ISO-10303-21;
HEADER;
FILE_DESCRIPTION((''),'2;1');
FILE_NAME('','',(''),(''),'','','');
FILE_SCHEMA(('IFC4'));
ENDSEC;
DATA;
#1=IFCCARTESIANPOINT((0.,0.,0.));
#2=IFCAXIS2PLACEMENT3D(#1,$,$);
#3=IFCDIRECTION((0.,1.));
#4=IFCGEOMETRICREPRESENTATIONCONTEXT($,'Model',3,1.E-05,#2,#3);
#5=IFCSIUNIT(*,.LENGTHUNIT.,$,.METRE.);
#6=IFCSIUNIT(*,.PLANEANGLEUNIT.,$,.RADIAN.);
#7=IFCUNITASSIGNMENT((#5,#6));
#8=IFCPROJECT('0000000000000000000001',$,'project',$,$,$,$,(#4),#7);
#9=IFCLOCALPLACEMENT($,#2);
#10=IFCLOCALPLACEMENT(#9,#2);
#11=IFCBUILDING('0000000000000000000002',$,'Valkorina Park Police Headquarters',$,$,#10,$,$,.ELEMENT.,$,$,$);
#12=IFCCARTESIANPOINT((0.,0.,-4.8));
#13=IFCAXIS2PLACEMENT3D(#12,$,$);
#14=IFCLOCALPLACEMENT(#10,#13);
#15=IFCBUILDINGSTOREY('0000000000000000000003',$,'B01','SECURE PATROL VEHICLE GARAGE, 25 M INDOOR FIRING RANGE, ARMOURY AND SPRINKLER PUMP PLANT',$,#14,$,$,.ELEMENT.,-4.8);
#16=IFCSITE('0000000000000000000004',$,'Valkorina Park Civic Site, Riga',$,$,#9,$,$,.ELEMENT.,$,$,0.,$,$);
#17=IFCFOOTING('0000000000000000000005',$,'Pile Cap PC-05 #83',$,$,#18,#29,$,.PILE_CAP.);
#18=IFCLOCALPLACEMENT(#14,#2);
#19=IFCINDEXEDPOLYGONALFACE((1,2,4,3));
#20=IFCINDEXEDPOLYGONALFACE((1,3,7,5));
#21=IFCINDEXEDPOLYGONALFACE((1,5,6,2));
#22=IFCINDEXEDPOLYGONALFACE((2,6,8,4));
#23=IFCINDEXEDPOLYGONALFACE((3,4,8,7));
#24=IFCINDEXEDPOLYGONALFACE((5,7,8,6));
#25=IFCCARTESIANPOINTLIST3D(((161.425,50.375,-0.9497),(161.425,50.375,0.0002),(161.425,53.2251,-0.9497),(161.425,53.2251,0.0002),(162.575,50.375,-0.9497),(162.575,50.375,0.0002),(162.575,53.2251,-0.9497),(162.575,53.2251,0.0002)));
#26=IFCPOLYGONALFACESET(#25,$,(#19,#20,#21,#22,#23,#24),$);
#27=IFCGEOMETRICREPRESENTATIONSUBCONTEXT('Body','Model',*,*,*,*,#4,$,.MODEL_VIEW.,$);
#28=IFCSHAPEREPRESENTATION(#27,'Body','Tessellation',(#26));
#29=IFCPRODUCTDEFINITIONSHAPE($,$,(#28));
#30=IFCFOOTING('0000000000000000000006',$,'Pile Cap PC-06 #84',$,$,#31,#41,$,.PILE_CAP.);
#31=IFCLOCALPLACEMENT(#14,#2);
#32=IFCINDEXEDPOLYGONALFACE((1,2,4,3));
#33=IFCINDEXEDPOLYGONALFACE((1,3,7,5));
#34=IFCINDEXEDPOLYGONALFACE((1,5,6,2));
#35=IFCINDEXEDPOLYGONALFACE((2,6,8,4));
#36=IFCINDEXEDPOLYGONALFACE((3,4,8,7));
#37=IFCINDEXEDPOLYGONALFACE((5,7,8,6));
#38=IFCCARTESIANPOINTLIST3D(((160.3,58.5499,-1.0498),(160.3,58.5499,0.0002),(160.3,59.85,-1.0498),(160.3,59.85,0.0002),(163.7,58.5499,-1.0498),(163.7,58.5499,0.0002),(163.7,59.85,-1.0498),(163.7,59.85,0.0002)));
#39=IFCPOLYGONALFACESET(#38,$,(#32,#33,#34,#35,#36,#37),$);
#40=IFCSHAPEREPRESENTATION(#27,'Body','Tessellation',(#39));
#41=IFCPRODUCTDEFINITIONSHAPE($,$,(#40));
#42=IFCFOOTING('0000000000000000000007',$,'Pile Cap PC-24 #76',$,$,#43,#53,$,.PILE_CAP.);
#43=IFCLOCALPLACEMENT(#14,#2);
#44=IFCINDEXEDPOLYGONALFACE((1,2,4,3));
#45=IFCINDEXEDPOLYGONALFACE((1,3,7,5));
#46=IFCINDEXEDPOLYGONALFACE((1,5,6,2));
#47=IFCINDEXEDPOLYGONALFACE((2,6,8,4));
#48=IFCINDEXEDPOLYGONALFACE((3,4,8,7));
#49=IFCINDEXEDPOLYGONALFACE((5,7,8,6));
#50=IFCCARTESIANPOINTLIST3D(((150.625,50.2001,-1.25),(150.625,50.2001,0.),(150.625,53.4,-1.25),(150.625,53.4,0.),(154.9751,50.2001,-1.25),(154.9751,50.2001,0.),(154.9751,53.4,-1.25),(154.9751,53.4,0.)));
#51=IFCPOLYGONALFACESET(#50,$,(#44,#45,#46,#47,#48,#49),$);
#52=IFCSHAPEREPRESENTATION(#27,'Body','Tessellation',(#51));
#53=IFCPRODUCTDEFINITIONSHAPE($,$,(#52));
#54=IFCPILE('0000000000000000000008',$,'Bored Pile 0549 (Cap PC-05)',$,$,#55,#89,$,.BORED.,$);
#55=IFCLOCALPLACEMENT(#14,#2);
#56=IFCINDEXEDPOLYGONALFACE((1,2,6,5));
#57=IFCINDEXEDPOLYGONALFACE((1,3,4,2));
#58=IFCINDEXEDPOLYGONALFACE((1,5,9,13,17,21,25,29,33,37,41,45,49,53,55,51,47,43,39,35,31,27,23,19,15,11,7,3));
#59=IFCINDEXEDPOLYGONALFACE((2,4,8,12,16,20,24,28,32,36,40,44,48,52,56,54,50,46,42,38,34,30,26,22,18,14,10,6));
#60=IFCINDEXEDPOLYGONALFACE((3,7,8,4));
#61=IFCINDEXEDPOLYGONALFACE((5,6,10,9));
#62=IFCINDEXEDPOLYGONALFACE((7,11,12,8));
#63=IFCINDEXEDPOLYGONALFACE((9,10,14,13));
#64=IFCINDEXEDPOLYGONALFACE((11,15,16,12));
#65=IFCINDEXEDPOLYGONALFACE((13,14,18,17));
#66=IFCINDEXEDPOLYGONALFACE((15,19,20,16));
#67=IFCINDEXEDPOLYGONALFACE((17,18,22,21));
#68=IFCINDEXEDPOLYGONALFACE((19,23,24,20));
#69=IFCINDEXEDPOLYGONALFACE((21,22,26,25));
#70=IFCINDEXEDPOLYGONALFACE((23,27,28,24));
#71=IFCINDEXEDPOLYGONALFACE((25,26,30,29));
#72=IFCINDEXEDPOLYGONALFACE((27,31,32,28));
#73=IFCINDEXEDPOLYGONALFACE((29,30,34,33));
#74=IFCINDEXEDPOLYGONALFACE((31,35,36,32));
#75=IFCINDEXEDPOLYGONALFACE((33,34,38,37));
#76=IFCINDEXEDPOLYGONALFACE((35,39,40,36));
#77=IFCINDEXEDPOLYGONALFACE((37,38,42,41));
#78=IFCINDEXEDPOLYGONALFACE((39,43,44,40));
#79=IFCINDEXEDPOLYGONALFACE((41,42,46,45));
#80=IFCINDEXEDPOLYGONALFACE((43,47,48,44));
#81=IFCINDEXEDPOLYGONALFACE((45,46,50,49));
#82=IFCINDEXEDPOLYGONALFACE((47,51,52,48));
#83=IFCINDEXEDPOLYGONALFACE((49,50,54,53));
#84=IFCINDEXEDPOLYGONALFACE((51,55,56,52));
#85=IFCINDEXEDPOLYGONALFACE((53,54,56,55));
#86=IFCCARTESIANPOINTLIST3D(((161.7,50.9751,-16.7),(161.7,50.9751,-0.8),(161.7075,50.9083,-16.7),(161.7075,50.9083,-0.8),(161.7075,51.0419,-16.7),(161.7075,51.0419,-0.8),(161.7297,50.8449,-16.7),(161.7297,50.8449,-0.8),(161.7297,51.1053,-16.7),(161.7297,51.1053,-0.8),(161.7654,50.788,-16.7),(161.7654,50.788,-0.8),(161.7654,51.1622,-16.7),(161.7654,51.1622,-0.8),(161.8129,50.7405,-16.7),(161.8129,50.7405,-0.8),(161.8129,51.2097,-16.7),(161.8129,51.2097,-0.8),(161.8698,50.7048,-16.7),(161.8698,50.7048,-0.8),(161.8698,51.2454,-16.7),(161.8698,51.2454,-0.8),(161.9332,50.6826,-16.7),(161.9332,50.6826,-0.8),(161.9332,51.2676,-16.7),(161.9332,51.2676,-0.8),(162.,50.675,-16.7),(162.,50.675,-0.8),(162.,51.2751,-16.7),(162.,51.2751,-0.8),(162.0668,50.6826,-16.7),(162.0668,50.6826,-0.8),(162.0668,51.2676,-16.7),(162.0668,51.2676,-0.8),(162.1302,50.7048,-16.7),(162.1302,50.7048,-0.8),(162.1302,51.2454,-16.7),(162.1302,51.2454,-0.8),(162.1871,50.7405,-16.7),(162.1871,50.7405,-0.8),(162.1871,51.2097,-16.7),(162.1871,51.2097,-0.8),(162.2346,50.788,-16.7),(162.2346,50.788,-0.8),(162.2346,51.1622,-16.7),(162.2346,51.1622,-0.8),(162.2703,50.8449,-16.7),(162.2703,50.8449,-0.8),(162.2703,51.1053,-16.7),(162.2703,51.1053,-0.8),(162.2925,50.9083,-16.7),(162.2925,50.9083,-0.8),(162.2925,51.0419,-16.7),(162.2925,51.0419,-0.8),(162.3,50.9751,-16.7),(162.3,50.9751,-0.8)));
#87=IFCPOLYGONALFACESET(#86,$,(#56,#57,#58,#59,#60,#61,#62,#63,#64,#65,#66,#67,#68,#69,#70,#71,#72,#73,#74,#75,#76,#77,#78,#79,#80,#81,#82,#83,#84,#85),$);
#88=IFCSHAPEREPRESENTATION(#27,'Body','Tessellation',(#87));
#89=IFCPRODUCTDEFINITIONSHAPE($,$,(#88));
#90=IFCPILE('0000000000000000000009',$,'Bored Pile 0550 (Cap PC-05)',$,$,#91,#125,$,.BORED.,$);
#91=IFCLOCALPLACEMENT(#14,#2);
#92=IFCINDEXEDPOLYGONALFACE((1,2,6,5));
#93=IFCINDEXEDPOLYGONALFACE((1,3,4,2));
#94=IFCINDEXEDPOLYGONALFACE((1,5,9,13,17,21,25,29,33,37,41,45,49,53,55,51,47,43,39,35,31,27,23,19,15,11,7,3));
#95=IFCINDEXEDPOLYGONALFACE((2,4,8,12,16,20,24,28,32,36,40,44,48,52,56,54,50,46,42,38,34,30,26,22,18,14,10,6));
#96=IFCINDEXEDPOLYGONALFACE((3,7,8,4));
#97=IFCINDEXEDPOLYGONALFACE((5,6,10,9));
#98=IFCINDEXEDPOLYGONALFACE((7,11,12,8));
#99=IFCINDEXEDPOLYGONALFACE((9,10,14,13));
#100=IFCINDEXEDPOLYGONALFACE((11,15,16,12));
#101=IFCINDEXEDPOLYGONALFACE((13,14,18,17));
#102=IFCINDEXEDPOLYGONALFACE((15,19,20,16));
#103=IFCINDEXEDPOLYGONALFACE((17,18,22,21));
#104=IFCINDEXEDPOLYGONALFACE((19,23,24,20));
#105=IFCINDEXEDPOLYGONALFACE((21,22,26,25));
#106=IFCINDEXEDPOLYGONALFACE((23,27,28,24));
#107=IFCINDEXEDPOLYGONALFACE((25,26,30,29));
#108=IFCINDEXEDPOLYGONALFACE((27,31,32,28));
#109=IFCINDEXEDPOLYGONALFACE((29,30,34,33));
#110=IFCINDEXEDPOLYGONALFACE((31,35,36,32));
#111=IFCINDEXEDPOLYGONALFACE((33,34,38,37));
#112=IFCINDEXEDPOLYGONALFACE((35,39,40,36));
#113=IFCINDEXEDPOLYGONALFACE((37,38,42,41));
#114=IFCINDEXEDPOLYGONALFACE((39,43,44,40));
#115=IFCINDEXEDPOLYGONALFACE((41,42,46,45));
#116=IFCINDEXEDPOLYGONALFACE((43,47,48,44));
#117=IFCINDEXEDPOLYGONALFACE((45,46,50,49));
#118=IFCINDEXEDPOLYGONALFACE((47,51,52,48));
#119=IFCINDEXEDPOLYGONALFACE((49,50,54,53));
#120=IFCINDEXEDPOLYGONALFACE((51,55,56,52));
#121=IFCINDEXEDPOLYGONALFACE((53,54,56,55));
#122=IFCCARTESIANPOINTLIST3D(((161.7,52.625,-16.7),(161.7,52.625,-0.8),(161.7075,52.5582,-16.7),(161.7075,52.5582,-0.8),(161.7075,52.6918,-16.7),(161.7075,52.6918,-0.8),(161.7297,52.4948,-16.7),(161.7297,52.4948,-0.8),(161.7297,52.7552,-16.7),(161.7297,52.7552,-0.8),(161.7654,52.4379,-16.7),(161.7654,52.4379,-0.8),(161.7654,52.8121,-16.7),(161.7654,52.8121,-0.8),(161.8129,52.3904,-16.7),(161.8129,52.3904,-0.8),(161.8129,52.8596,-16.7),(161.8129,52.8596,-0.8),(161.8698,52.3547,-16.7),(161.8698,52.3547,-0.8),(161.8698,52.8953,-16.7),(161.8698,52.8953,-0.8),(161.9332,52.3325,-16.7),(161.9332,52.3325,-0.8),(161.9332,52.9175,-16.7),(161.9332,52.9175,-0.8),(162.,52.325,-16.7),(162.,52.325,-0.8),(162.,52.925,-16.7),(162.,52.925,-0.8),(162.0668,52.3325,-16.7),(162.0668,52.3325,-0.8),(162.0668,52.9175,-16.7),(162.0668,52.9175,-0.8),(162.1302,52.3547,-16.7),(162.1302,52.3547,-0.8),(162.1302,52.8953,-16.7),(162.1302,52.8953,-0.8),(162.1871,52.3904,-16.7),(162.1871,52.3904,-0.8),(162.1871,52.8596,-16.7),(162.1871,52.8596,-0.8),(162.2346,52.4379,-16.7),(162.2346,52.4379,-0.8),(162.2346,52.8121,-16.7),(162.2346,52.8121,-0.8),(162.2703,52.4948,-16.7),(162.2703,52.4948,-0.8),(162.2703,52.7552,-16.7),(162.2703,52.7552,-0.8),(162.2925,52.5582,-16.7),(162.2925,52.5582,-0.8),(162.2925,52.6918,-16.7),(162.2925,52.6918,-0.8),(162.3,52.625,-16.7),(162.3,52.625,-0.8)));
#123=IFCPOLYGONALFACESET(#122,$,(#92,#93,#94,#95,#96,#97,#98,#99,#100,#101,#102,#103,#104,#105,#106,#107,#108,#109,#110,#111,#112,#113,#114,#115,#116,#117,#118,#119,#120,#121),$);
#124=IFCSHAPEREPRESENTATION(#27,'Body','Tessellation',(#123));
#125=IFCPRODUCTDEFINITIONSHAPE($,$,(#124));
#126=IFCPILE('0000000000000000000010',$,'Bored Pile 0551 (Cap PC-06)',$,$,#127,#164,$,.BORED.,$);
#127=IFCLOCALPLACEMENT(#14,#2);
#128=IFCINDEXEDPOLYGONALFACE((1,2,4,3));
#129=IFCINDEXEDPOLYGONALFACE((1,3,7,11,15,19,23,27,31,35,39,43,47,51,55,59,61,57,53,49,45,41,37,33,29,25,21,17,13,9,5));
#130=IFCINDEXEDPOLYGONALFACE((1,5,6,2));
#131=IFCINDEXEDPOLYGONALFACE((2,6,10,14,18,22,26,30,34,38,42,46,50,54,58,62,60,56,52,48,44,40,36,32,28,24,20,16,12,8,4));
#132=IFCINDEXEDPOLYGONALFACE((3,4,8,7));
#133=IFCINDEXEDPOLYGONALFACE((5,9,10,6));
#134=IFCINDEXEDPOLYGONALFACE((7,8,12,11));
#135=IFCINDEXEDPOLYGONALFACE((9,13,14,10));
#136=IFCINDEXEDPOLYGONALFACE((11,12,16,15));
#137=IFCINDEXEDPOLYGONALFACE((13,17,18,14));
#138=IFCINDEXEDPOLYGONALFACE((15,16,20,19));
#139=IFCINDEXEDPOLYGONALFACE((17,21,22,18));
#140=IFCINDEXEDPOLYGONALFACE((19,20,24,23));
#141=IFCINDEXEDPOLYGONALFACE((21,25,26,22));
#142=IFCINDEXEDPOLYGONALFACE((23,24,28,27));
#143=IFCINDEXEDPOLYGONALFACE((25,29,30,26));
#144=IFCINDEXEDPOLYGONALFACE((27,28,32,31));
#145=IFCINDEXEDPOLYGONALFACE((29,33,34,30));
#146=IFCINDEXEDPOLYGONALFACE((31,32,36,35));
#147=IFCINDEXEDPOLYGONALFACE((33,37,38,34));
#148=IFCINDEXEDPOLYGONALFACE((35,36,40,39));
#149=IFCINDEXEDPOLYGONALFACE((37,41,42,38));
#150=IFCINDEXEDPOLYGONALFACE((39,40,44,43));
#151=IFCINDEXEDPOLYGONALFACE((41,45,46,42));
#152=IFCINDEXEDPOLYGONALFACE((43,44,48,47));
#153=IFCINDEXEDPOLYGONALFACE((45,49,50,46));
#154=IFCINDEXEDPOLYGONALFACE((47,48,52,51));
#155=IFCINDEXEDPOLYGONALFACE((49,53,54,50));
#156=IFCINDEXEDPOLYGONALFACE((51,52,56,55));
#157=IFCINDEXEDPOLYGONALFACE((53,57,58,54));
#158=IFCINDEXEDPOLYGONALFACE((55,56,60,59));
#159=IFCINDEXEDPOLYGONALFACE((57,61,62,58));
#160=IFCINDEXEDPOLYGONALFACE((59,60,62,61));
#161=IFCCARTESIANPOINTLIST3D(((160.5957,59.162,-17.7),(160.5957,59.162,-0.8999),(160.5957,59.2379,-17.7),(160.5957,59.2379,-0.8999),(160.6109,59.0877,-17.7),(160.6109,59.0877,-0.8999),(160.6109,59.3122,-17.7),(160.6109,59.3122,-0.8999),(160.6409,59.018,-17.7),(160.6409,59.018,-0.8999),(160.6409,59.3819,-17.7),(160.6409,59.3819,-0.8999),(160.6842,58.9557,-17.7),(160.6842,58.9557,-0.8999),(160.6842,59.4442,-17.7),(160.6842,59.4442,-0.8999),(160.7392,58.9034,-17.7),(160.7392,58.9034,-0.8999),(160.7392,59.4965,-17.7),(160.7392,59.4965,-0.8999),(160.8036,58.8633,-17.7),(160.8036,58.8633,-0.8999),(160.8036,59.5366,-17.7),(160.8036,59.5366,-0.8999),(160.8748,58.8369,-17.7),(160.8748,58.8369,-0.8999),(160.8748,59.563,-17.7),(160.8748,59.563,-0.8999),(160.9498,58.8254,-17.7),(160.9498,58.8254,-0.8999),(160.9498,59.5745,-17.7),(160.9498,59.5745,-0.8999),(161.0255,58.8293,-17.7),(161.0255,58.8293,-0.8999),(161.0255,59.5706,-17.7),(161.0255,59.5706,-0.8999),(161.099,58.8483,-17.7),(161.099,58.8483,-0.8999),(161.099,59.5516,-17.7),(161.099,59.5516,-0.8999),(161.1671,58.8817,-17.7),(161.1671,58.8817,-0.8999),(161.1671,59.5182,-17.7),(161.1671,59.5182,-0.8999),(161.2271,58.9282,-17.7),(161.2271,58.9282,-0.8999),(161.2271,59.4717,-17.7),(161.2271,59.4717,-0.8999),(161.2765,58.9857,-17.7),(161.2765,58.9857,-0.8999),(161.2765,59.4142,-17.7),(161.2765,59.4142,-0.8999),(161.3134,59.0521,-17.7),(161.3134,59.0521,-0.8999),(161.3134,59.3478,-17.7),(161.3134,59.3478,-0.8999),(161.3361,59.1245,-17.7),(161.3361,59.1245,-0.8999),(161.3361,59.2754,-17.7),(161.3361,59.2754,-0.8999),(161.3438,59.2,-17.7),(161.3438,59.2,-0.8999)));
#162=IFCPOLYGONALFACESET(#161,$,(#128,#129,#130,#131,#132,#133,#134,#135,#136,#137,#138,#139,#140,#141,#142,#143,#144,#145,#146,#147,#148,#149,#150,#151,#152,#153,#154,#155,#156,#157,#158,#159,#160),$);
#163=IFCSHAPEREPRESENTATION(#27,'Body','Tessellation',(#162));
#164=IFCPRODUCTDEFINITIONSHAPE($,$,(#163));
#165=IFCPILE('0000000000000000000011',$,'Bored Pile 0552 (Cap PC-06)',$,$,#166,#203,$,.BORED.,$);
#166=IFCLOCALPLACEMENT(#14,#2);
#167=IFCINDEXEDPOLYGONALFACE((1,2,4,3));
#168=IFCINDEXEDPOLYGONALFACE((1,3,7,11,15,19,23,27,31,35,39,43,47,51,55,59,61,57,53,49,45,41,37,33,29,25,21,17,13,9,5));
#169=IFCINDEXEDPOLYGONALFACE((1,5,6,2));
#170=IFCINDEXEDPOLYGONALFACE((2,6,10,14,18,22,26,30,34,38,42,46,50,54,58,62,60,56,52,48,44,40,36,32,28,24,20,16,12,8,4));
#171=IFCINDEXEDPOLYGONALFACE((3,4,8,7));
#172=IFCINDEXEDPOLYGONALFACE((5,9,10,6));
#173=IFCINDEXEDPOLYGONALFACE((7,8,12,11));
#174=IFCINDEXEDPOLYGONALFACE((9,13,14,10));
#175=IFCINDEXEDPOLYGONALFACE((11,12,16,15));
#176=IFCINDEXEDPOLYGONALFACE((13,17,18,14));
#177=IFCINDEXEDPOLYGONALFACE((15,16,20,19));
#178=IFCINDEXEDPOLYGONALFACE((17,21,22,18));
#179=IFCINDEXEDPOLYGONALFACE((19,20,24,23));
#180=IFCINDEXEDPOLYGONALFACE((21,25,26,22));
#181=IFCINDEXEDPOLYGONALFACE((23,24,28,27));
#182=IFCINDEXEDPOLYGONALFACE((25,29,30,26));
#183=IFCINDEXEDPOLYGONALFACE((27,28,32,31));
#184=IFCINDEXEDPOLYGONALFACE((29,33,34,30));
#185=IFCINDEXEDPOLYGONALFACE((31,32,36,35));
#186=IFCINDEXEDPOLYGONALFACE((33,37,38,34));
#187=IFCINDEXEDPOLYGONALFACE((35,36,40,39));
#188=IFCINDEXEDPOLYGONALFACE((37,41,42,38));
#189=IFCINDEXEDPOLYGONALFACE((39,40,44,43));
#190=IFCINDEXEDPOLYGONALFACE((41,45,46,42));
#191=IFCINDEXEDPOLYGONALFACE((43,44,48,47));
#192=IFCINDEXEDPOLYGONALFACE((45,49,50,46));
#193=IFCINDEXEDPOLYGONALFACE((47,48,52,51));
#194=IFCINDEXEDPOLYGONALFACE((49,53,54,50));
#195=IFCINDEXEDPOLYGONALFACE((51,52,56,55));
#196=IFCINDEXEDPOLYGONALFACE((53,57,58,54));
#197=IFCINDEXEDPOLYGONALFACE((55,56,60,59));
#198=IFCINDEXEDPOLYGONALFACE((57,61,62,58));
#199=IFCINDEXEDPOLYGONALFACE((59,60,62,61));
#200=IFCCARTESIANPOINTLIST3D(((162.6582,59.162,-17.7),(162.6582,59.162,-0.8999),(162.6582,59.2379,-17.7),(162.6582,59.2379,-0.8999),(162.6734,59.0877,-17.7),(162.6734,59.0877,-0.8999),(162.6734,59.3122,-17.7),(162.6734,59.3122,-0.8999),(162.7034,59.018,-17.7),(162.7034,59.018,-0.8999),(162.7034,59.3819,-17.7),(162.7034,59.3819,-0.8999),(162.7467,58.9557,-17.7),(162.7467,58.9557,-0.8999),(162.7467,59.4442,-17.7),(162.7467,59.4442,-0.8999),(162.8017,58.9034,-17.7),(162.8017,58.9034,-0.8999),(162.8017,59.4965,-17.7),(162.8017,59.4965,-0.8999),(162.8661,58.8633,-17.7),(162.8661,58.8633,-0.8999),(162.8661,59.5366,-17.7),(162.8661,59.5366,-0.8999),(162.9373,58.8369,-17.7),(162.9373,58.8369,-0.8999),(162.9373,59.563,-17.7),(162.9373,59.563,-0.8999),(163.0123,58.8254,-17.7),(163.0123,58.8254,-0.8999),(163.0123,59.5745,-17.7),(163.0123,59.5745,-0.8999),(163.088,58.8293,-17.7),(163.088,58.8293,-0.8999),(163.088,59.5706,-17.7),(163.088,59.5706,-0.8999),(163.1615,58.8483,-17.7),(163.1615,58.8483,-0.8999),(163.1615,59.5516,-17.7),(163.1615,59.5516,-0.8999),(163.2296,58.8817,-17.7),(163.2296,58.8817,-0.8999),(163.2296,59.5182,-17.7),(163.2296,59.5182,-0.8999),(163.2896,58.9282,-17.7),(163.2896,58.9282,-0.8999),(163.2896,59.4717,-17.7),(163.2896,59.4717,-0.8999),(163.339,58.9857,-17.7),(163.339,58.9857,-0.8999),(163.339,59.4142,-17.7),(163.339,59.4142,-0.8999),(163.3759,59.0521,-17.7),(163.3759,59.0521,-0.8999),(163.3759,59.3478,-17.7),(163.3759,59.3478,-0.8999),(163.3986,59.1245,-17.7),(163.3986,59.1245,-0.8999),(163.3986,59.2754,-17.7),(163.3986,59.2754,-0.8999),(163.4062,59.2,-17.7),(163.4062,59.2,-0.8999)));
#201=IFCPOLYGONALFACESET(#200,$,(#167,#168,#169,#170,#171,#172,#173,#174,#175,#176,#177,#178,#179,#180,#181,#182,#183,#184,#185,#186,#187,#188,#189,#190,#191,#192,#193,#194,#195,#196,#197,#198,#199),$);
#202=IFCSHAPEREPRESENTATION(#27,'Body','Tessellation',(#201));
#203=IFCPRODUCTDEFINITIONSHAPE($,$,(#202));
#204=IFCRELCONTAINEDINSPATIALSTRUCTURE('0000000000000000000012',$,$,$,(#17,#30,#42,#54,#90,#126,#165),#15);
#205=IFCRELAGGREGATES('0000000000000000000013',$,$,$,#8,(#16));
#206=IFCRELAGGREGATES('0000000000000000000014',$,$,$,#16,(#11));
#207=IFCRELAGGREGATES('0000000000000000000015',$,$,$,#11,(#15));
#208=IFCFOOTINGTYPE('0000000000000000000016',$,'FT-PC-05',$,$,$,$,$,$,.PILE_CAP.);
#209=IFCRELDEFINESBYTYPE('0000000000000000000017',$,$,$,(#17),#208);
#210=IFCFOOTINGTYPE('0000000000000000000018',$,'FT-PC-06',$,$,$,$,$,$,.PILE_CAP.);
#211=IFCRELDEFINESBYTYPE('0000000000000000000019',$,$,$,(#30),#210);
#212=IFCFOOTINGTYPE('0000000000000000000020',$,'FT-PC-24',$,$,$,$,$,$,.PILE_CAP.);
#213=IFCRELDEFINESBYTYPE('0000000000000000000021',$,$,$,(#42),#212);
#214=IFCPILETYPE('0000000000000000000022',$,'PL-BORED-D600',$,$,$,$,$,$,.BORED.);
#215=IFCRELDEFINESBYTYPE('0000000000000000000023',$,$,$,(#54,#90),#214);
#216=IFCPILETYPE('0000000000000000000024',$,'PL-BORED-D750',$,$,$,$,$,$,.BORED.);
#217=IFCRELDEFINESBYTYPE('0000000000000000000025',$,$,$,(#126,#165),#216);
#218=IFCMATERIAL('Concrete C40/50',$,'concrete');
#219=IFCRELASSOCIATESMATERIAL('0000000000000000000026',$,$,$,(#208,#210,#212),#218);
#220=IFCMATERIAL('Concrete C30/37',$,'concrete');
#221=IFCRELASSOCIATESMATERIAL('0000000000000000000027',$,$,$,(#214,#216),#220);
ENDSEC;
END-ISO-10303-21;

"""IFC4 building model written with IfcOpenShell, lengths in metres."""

from ifc_helpers import new_model, si_unit, direction, frame, origin, origin_2d, place, context, subcontext, project, spatial, rectangle, circle, extrude, material, material_profile, profile_set, type_object, element, save


model = new_model("IFC4")

# Units and contexts
model_context = context("Model", 3, precision=1e-05, world=origin(), true_north=direction((0.0, 1.0)))
body_context = subcontext(model_context, "Body", "Model", "MODEL_VIEW")
ifc_project = project(units=[si_unit("LENGTHUNIT", "METRE"), si_unit("PLANEANGLEUNIT", "RADIAN")], contexts=[model_context])

# Site, building, storey
site_placement = place(None, origin())
site = spatial("IfcSite", under=ifc_project, at=site_placement, Name="Valkorina Park Civic Site, Riga", CompositionType="ELEMENT", RefElevation=0.0)
building_placement = place(site_placement, origin())
building = spatial("IfcBuilding", under=site, at=building_placement, Name="Valkorina Park Police Headquarters", CompositionType="ELEMENT")
storey_placement = place(building_placement, frame((0.0, 0.0, -4.8)))
storey = spatial("IfcBuildingStorey", under=building, at=storey_placement, Name="B01", Description="SECURE PATROL VEHICLE GARAGE, 25 M INDOOR FIRING RANGE, ARMOURY AND SPRINKLER PUMP PLANT", CompositionType="ELEMENT", Elevation=-4.8)

# Footings
ifc_material_1 = material(Name="Concrete C40/50", Category="concrete")
footing_type_1 = type_object("IfcFootingType", Name="FT-PC-05", PredefinedType="PILE_CAP", material=ifc_material_1)
footing_1_placement = place(storey_placement, frame((162.0, 51.8, -0.9497), z_axis=(0.0, 0.0, 1.0), x_axis=(1.0, 0.0, 0.0)))
element("IfcFooting", 1, at=footing_1_placement, inside=storey, type_object=footing_type_1, Name="Pile Cap PC-05 #83", PredefinedType="PILE_CAP", context=body_context, shape_type="SweptSolid", body=[
    extrude(rectangle(XDim=1.1499, YDim=2.8501, at=origin_2d()), origin(), (0.0, 0.0, 1.0), 0.95),
])
footing_type_2 = type_object("IfcFootingType", Name="FT-PC-06", PredefinedType="PILE_CAP", material=ifc_material_1)
footing_2_placement = place(storey_placement, frame((162.0, 59.2, -1.0498), z_axis=(0.0, 0.0, 1.0), x_axis=(1.0, 0.0, 0.0)))
element("IfcFooting", 2, at=footing_2_placement, inside=storey, type_object=footing_type_2, Name="Pile Cap PC-06 #84", PredefinedType="PILE_CAP", context=body_context, shape_type="SweptSolid", body=[
    extrude(rectangle(XDim=3.3999, YDim=1.3, at=origin_2d()), origin(), (0.0, 0.0, 1.0), 1.05),
])
footing_type_3 = type_object("IfcFootingType", Name="FT-PC-24", PredefinedType="PILE_CAP", material=ifc_material_1)
footing_3_placement = place(storey_placement, frame((152.8, 51.8, -1.25), z_axis=(0.0, 0.0, 1.0), x_axis=(1.0, 0.0, 0.0)))
element("IfcFooting", 3, at=footing_3_placement, inside=storey, type_object=footing_type_3, Name="Pile Cap PC-24 #76", PredefinedType="PILE_CAP", context=body_context, shape_type="SweptSolid", body=[
    extrude(rectangle(XDim=4.3501, YDim=3.2, at=origin_2d()), origin(), (0.0, 0.0, 1.0), 1.25),
])

# Piles
ifc_material_2 = material(Name="Concrete C30/37", Category="concrete")
ifc_material_profile_1 = material_profile(ifc_material_2, circle(Radius=0.3, at=origin_2d()), Name="BORED PILE D600")
ifc_profile_set_1 = profile_set([ifc_material_profile_1], Name="Concrete C30/37")
pile_type_1 = type_object("IfcPileType", Name="PL-BORED-D600", PredefinedType="BORED", material=ifc_profile_set_1)
for number, where, z_axis, x_axis, name in (
    (4, (162.0, 50.9751, -0.8), (0.0, 0.0, -1.0), (1.0, 0.0, 0.0), "Bored Pile 0549 (Cap PC-05)"),
    (5, (162.0, 52.625, -0.8), (0.0, 0.0, -1.0), (1.0, 0.0, 0.0), "Bored Pile 0550 (Cap PC-05)"),
):
    element("IfcPile", number, at=place(storey_placement, frame(where, z_axis=z_axis, x_axis=x_axis)), inside=storey, type_object=pile_type_1, Name=name, PredefinedType="BORED", context=body_context, shape_type="SweptSolid", body=[
        extrude(circle(Radius=0.3, at=origin_2d()), origin(), (0.0, 0.0, 1.0), 15.8999),
    ])
ifc_material_profile_2 = material_profile(ifc_material_2, circle(Radius=0.375, at=origin_2d()), Name="BORED PILE D750")
ifc_profile_set_2 = profile_set([ifc_material_profile_2], Name="Concrete C30/37")
pile_type_2 = type_object("IfcPileType", Name="PL-BORED-D750", PredefinedType="BORED", material=ifc_profile_set_2)
for number, where, z_axis, x_axis, name in (
    (6, (160.9688, 59.2, -0.8999), (0.0, 0.0, -1.0), (1.0, 0.0, 0.0), "Bored Pile 0551 (Cap PC-06)"),
    (7, (163.0312, 59.2, -0.8999), (0.0, 0.0, -1.0), (1.0, 0.0, 0.0), "Bored Pile 0552 (Cap PC-06)"),
):
    element("IfcPile", number, at=place(storey_placement, frame(where, z_axis=z_axis, x_axis=x_axis)), inside=storey, type_object=pile_type_2, Name=name, PredefinedType="BORED", context=body_context, shape_type="SweptSolid", body=[
        extrude(circle(Radius=0.375, at=origin_2d()), origin(), (0.0, 0.0, 1.0), 16.8),
    ])

save(model, "model.ifc")
